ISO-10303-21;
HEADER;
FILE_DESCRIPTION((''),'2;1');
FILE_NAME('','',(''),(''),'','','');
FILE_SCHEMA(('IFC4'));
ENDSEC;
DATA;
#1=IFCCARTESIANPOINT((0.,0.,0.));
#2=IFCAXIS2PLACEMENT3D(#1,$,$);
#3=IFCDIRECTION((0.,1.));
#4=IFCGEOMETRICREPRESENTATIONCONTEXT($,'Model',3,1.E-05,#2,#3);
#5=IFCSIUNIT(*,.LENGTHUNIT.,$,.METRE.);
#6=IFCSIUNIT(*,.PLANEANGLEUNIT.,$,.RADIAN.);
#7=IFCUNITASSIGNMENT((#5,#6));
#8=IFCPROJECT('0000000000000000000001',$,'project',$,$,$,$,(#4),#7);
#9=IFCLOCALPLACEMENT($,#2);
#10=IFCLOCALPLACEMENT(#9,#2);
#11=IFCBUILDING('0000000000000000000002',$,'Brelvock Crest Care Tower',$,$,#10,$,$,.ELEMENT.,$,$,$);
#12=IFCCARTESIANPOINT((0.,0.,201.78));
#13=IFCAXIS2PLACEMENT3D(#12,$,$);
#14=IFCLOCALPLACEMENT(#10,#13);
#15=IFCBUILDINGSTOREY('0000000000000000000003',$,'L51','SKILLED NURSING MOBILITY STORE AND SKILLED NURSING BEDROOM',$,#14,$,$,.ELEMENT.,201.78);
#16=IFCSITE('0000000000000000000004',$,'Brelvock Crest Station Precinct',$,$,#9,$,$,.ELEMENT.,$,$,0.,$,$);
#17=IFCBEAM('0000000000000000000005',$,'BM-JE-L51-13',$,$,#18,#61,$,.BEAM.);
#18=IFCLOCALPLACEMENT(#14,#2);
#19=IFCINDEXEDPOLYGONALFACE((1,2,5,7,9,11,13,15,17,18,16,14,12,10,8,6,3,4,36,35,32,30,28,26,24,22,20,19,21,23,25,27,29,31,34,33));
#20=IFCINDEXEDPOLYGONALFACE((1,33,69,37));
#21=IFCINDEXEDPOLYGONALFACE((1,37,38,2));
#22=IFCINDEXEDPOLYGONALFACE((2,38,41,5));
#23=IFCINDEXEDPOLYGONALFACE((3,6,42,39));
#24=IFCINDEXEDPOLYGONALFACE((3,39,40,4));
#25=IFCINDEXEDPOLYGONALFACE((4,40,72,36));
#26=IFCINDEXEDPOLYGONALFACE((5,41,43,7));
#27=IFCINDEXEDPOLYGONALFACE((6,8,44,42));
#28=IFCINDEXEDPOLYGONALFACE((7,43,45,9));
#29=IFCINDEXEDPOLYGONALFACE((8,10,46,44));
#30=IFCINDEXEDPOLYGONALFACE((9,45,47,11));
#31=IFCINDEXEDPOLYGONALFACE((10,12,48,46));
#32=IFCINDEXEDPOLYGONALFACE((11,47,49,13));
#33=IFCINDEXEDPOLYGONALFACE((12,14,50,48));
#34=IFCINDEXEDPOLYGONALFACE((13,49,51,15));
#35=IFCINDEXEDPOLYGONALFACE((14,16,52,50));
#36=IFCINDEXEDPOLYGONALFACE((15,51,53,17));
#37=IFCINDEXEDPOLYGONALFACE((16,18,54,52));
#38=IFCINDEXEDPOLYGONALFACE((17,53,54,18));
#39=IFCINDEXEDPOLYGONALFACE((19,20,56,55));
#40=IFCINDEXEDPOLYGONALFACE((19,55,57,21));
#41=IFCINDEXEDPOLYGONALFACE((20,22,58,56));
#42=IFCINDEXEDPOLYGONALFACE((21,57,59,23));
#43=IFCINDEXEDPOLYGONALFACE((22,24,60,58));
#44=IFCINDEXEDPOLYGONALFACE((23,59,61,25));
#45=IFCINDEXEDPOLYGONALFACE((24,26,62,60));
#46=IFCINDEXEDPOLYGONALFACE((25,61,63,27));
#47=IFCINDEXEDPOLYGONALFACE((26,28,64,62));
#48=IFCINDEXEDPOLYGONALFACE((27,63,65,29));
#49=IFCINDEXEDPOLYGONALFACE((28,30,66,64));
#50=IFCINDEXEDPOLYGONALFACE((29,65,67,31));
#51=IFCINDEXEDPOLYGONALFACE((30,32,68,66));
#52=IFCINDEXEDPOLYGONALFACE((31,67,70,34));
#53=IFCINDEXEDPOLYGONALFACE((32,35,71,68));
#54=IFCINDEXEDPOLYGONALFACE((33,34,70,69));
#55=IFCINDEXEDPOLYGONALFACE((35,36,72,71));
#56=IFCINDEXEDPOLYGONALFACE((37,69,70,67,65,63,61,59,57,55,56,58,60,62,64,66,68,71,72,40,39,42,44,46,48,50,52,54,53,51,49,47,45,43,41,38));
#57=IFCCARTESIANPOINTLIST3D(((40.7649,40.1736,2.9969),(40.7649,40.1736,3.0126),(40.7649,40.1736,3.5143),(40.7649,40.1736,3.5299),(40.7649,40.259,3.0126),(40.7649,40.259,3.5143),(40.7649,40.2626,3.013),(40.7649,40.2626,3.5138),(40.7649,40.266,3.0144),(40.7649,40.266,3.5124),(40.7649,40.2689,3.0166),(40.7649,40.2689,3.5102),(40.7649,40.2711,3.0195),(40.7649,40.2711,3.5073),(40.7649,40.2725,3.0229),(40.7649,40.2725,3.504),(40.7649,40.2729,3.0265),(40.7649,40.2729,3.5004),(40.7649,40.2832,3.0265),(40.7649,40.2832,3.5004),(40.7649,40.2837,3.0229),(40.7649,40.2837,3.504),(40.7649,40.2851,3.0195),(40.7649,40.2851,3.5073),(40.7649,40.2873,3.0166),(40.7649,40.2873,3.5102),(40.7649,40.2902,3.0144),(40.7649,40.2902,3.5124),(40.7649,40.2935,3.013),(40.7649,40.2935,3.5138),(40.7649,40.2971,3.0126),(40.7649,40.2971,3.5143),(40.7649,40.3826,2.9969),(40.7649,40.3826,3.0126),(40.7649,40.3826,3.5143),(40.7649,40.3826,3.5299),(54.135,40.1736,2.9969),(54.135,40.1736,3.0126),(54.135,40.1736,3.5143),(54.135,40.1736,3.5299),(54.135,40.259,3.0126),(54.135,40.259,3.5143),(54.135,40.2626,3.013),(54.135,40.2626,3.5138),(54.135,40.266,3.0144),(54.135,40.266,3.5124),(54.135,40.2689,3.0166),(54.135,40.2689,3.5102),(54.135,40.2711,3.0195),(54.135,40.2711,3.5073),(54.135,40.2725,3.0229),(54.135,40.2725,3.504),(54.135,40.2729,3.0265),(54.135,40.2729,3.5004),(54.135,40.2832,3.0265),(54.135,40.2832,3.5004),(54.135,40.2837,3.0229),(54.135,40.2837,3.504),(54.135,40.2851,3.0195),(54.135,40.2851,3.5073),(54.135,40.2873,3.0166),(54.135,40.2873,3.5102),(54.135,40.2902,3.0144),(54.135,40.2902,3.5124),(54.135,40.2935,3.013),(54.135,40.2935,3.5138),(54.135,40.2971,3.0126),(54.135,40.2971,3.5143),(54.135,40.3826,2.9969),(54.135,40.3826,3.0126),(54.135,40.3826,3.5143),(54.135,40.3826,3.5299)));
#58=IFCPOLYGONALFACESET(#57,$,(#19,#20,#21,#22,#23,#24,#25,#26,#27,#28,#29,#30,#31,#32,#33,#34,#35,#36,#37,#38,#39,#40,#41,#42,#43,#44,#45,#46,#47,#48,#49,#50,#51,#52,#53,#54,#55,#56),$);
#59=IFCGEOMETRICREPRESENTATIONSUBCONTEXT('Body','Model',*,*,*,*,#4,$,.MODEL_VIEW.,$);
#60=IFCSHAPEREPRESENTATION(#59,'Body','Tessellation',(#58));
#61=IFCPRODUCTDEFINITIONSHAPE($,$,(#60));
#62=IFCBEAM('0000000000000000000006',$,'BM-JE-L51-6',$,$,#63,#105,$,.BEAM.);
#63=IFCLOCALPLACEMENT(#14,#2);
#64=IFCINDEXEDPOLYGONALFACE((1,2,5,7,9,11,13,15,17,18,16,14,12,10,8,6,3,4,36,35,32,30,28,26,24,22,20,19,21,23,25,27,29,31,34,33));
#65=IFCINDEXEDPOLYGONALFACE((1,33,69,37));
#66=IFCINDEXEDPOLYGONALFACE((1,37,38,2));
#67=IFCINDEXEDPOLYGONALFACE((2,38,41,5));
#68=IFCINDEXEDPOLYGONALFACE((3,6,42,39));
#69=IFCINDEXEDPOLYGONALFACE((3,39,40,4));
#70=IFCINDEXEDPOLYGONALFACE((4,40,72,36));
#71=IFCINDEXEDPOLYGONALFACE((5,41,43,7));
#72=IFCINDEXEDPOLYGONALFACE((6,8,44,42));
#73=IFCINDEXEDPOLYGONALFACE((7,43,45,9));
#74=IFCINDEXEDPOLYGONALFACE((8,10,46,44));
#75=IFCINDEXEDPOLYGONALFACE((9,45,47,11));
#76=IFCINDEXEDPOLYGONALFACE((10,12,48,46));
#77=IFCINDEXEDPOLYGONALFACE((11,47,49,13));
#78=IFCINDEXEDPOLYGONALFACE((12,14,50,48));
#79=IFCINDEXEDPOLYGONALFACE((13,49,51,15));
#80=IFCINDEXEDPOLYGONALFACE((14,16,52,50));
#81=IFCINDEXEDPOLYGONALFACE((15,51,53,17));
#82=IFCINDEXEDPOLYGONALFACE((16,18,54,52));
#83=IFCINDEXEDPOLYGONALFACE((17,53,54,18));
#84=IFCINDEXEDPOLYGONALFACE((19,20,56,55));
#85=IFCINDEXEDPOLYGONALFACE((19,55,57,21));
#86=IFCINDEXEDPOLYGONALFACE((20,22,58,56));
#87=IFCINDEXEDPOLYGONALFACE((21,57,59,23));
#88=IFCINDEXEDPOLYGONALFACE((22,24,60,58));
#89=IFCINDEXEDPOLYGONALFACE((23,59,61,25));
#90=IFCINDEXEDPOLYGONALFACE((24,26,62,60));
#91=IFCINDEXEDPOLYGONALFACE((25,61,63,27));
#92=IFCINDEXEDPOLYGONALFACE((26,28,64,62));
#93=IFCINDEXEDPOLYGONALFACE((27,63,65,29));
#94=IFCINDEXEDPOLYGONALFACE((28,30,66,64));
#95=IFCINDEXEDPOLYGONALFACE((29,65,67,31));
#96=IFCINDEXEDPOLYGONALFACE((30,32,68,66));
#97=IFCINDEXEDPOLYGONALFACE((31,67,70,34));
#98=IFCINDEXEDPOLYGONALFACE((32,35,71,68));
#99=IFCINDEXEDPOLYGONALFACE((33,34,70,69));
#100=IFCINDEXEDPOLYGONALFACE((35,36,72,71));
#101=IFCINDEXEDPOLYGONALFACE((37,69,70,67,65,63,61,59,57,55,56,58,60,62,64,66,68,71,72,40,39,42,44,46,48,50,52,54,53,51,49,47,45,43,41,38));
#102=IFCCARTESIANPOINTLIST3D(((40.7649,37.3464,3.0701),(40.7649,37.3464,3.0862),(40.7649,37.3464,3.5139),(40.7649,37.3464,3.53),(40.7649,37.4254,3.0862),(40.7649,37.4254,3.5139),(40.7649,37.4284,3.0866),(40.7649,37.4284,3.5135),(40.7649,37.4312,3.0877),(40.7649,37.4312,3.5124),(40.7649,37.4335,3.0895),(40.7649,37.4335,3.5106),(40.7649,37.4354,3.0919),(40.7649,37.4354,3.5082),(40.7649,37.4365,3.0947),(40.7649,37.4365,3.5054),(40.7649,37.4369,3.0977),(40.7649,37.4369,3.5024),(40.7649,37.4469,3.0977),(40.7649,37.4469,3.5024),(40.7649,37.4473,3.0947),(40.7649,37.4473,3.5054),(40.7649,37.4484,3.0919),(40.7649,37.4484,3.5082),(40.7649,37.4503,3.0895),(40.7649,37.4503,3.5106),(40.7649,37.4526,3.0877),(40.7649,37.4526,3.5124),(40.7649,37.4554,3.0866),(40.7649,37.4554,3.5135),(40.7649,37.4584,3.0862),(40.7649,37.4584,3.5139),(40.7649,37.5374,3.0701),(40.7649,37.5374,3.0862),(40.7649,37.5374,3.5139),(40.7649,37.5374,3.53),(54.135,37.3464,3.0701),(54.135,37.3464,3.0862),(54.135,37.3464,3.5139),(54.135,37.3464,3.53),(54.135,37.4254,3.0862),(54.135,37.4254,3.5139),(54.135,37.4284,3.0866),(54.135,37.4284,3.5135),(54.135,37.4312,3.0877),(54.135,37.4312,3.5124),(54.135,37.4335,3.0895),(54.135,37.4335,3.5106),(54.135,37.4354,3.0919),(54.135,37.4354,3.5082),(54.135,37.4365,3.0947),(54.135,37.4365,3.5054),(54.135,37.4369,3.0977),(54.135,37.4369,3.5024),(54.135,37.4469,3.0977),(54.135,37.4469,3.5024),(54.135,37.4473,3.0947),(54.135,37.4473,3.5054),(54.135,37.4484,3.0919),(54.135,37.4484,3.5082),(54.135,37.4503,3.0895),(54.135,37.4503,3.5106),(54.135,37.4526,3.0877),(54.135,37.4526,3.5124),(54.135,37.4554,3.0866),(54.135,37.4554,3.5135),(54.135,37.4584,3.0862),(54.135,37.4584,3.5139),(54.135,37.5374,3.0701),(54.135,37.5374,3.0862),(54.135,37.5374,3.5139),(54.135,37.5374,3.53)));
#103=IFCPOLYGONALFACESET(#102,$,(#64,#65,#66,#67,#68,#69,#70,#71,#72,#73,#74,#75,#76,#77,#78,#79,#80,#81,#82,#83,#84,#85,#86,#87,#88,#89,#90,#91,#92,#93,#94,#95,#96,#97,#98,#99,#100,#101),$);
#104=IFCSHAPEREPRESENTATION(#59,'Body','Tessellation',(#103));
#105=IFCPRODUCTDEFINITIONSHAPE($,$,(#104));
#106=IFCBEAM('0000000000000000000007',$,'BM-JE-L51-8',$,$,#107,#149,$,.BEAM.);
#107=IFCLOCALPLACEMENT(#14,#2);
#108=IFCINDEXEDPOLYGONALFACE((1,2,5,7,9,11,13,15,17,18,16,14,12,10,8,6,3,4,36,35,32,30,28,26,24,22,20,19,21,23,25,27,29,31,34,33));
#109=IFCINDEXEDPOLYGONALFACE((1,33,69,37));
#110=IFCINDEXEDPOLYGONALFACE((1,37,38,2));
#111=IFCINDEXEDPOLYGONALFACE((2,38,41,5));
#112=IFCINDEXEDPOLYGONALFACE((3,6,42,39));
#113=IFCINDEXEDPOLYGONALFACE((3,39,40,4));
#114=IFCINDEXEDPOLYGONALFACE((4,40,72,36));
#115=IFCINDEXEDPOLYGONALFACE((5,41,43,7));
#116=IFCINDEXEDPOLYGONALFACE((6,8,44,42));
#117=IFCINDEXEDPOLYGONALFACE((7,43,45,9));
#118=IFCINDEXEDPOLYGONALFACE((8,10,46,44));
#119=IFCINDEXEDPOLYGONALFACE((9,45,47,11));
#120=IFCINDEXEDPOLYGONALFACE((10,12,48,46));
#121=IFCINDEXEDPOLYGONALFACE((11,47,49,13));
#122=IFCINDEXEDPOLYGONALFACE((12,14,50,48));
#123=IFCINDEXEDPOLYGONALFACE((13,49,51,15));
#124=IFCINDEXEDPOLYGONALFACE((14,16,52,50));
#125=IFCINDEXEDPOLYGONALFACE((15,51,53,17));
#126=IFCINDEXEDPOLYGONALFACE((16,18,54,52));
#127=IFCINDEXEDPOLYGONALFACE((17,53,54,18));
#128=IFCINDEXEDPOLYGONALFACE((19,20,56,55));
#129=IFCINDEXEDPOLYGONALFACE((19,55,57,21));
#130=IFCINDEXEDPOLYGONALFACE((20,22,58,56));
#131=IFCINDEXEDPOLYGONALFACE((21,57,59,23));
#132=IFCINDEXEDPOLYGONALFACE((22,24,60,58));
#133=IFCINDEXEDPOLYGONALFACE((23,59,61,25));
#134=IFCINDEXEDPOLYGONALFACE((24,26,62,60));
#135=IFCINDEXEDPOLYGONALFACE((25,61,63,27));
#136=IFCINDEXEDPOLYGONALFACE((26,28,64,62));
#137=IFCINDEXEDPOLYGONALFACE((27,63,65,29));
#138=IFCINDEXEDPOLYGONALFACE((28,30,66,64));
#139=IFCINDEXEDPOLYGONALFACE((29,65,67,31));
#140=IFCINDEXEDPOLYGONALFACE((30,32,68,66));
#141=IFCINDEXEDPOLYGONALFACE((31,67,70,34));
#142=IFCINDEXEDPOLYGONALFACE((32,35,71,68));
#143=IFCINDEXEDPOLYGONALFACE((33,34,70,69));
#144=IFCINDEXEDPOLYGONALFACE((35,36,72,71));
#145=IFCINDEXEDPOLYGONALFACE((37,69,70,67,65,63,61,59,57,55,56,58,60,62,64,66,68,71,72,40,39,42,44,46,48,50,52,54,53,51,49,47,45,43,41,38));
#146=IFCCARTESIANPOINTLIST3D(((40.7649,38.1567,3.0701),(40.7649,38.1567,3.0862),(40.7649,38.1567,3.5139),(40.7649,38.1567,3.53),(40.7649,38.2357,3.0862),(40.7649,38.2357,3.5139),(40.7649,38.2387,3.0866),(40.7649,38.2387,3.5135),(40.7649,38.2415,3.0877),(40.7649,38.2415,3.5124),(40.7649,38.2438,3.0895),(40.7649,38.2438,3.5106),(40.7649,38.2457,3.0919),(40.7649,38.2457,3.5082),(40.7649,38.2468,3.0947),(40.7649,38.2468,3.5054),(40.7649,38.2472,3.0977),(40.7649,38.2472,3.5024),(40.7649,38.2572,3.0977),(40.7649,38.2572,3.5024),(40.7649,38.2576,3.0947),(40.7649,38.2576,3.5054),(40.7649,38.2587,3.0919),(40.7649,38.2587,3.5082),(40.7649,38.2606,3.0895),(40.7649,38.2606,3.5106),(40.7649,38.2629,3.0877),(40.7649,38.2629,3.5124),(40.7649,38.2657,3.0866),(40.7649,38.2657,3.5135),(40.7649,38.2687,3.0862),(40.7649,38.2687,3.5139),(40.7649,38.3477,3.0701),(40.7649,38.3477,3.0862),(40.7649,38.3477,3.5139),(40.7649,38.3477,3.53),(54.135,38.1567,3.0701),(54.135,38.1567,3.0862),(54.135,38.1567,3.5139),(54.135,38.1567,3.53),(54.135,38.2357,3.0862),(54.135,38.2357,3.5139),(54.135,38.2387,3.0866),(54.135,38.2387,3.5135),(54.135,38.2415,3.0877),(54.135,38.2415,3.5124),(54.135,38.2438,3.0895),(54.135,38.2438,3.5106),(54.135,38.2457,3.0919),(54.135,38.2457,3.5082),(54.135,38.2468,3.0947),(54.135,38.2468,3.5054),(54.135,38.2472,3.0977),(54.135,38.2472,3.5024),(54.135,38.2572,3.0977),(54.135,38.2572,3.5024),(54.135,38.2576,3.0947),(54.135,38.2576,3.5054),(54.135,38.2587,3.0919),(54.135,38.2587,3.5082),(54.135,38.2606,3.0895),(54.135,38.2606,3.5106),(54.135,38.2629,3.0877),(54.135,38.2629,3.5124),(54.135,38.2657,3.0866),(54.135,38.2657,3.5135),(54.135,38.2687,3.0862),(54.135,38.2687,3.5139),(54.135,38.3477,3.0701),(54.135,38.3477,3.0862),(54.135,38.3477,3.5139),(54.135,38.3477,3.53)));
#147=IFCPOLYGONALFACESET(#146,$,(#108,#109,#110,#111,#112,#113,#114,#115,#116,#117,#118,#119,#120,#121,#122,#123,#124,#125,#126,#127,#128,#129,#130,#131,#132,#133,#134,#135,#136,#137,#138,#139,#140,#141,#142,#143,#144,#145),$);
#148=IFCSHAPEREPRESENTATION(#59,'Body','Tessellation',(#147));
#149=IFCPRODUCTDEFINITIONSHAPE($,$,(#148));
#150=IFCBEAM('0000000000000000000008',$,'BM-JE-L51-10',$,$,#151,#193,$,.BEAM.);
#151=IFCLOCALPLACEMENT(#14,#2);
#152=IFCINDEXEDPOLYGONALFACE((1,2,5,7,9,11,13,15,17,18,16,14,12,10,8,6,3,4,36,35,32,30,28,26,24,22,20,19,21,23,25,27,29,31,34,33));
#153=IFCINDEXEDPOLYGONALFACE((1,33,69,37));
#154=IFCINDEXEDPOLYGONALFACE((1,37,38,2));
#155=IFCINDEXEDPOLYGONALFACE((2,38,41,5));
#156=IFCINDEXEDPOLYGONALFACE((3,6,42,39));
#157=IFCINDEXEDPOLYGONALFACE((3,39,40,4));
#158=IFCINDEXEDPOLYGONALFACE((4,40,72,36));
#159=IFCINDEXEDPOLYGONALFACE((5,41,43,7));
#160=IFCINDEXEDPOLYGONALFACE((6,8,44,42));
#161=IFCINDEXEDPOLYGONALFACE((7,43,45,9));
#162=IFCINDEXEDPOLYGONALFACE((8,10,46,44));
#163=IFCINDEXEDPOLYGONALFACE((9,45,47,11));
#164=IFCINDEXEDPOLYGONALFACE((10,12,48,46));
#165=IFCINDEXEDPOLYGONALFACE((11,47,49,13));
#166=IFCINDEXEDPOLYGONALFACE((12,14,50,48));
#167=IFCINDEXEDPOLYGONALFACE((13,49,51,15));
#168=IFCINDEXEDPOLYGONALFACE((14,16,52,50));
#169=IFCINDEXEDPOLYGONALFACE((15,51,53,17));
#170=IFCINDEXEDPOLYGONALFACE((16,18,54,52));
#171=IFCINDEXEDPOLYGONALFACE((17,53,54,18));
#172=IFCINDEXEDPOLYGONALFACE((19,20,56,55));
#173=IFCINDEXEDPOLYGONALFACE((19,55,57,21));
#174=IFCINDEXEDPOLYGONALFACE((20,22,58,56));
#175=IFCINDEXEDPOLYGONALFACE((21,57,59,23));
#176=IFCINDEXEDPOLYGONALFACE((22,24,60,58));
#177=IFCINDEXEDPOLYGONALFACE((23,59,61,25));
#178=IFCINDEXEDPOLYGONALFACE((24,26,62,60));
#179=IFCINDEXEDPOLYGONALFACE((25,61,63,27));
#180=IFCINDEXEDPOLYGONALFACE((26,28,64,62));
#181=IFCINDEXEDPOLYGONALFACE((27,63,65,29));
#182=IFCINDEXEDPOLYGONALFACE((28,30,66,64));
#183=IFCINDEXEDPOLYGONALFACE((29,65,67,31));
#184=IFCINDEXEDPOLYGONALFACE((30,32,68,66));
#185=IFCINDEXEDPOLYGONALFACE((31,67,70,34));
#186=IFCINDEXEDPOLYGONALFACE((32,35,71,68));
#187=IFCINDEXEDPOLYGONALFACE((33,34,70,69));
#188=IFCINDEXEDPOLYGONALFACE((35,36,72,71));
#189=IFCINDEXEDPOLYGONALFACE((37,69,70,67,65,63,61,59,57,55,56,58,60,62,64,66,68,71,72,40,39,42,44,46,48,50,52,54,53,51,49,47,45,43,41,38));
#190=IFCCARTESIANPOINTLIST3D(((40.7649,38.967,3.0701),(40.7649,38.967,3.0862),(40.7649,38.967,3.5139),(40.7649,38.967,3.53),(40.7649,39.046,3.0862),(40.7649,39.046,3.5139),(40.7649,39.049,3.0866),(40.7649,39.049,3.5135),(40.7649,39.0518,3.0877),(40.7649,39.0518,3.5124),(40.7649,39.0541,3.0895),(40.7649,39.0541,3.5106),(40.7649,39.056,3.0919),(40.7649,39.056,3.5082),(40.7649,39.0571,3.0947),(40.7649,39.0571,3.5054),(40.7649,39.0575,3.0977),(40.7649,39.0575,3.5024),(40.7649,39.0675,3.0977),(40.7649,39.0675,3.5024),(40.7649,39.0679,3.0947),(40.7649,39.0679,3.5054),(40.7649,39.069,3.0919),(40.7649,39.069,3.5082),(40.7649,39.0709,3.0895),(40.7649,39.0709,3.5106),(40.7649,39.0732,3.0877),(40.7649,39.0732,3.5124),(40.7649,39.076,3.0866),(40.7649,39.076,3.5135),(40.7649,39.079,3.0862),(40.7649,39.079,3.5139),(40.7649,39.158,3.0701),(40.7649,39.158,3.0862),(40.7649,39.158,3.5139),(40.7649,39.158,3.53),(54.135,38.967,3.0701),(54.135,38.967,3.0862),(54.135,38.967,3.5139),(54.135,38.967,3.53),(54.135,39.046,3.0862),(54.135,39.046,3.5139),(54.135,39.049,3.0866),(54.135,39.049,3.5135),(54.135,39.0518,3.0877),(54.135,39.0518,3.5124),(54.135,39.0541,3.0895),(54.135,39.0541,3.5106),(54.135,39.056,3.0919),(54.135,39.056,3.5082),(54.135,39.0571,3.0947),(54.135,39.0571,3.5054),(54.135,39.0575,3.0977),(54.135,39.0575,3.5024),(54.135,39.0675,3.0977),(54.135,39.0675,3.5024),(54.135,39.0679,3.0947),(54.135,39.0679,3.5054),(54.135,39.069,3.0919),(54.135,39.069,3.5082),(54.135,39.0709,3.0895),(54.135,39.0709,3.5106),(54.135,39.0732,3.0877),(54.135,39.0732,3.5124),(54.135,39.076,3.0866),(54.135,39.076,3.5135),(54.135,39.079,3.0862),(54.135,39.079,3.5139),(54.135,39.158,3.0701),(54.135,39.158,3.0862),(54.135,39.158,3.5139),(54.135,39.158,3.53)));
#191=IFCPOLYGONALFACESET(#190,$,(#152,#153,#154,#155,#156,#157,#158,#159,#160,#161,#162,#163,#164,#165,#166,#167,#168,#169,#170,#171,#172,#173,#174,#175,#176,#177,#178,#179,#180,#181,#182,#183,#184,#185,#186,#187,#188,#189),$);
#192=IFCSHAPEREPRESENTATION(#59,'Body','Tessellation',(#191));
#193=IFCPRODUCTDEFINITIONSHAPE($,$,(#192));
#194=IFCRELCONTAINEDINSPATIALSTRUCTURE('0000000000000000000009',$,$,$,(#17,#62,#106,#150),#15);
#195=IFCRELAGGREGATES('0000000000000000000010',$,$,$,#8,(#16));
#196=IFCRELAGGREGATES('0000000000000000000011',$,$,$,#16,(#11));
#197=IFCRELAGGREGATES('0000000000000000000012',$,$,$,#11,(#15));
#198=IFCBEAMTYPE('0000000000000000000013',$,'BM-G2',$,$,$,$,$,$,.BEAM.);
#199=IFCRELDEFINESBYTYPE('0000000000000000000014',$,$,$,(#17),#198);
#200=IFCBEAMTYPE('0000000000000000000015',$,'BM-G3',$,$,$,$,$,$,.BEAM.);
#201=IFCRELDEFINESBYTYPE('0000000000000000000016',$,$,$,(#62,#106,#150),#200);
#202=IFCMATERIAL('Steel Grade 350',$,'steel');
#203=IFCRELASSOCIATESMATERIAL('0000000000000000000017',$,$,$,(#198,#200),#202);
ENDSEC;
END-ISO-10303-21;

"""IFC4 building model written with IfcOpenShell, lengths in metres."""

from ifc_helpers import new_model, si_unit, direction, frame, origin, origin_2d, place, context, subcontext, project, spatial, i_section, extrude, source, transform, mapped, material, material_profile, profile_set, type_object, element, save


model = new_model("IFC4")

# Units and contexts
model_context = context("Model", 3, precision=1e-05, world=origin(), true_north=direction((0.0, 1.0)))
body_context = subcontext(model_context, "Body", "Model", "MODEL_VIEW")
ifc_project = project(units=[si_unit("LENGTHUNIT", "METRE"), si_unit("PLANEANGLEUNIT", "RADIAN")], contexts=[model_context])

# Site, building, storey
site_placement = place(None, origin())
site = spatial("IfcSite", under=ifc_project, at=site_placement, Name="Brelvock Crest Station Precinct", CompositionType="ELEMENT", RefElevation=0.0)
building_placement = place(site_placement, origin())
building = spatial("IfcBuilding", under=site, at=building_placement, Name="Brelvock Crest Care Tower", CompositionType="ELEMENT")
storey_placement = place(building_placement, frame((0.0, 0.0, 201.78)))
storey = spatial("IfcBuildingStorey", under=building, at=storey_placement, Name="L51", Description="SKILLED NURSING MOBILITY STORE AND SKILLED NURSING BEDROOM", CompositionType="ELEMENT", Elevation=201.78)

# Beams
ifc_material_1 = material(Name="Steel Grade 350", Category="steel")
ifc_material_profile_1 = material_profile(ifc_material_1, i_section(OverallWidth=0.209, OverallDepth=0.533, WebThickness=0.0103, FlangeThickness=0.0156, FilletRadius=0.0139, at=origin_2d()), Name="530UB92.4")
ifc_profile_set_1 = profile_set([ifc_material_profile_1], Name="Steel Grade 350")
beam_type_1 = type_object("IfcBeamType", Name="BM-G2", PredefinedType="BEAM", material=ifc_profile_set_1)
shared_shape_1 = source(origin(), body_context, "Body", "SweptSolid", [
    extrude(i_section(OverallWidth=0.209, OverallDepth=0.533, WebThickness=0.0103, FlangeThickness=0.0156, FilletRadius=0.0139, at=origin_2d()), origin(), (0.0, 0.0, 1.0), 13.3701),
])
for number, where, z_axis, x_axis, name in (
    (1, (40.7649, 40.2781, 3.2634), (1.0, 0.0, 0.0), (0.0, 1.0, 0.0), "BM-JE-L51-13"),
):
    element("IfcBeam", number, at=place(storey_placement, frame(where, z_axis=z_axis, x_axis=x_axis)), inside=storey, type_object=beam_type_1, Name=name, PredefinedType="BEAM", context=body_context, shape_type="MappedRepresentation", body=[
        mapped(shared_shape_1, transform((0.0, 0.0, 0.0), x_axis=(1.0, 0.0, 0.0), y_axis=(0.0, 1.0, 0.0), z_axis=(0.0, 0.0, 1.0), scale=1.0)),
    ])
ifc_material_profile_2 = material_profile(ifc_material_1, i_section(OverallWidth=0.1909, OverallDepth=0.46, WebThickness=0.01, FlangeThickness=0.0161, FilletRadius=0.0115, at=origin_2d()), Name="460UB82.1")
ifc_profile_set_2 = profile_set([ifc_material_profile_2], Name="Steel Grade 350")
beam_type_2 = type_object("IfcBeamType", Name="BM-G3", PredefinedType="BEAM", material=ifc_profile_set_2)
shared_shape_2 = source(origin(), body_context, "Body", "SweptSolid", [
    extrude(i_section(OverallWidth=0.1909, OverallDepth=0.46, WebThickness=0.01, FlangeThickness=0.0161, FilletRadius=0.0115, at=origin_2d()), origin(), (0.0, 0.0, 1.0), 13.3701),
])
for number, where, z_axis, x_axis, name in (
    (2, (40.7649, 37.4419, 3.3), (1.0, 0.0, 0.0), (0.0, 1.0, 0.0), "BM-JE-L51-6"),
    (3, (40.7649, 38.2522, 3.3), (1.0, 0.0, 0.0), (0.0, 1.0, 0.0), "BM-JE-L51-8"),
    (4, (40.7649, 39.0625, 3.3), (1.0, 0.0, 0.0), (0.0, 1.0, 0.0), "BM-JE-L51-10"),
):
    element("IfcBeam", number, at=place(storey_placement, frame(where, z_axis=z_axis, x_axis=x_axis)), inside=storey, type_object=beam_type_2, Name=name, PredefinedType="BEAM", context=body_context, shape_type="MappedRepresentation", body=[
        mapped(shared_shape_2, transform((0.0, 0.0, 0.0), x_axis=(1.0, 0.0, 0.0), y_axis=(0.0, 1.0, 0.0), z_axis=(0.0, 0.0, 1.0), scale=1.0)),
    ])

save(model, "model.ifc")
